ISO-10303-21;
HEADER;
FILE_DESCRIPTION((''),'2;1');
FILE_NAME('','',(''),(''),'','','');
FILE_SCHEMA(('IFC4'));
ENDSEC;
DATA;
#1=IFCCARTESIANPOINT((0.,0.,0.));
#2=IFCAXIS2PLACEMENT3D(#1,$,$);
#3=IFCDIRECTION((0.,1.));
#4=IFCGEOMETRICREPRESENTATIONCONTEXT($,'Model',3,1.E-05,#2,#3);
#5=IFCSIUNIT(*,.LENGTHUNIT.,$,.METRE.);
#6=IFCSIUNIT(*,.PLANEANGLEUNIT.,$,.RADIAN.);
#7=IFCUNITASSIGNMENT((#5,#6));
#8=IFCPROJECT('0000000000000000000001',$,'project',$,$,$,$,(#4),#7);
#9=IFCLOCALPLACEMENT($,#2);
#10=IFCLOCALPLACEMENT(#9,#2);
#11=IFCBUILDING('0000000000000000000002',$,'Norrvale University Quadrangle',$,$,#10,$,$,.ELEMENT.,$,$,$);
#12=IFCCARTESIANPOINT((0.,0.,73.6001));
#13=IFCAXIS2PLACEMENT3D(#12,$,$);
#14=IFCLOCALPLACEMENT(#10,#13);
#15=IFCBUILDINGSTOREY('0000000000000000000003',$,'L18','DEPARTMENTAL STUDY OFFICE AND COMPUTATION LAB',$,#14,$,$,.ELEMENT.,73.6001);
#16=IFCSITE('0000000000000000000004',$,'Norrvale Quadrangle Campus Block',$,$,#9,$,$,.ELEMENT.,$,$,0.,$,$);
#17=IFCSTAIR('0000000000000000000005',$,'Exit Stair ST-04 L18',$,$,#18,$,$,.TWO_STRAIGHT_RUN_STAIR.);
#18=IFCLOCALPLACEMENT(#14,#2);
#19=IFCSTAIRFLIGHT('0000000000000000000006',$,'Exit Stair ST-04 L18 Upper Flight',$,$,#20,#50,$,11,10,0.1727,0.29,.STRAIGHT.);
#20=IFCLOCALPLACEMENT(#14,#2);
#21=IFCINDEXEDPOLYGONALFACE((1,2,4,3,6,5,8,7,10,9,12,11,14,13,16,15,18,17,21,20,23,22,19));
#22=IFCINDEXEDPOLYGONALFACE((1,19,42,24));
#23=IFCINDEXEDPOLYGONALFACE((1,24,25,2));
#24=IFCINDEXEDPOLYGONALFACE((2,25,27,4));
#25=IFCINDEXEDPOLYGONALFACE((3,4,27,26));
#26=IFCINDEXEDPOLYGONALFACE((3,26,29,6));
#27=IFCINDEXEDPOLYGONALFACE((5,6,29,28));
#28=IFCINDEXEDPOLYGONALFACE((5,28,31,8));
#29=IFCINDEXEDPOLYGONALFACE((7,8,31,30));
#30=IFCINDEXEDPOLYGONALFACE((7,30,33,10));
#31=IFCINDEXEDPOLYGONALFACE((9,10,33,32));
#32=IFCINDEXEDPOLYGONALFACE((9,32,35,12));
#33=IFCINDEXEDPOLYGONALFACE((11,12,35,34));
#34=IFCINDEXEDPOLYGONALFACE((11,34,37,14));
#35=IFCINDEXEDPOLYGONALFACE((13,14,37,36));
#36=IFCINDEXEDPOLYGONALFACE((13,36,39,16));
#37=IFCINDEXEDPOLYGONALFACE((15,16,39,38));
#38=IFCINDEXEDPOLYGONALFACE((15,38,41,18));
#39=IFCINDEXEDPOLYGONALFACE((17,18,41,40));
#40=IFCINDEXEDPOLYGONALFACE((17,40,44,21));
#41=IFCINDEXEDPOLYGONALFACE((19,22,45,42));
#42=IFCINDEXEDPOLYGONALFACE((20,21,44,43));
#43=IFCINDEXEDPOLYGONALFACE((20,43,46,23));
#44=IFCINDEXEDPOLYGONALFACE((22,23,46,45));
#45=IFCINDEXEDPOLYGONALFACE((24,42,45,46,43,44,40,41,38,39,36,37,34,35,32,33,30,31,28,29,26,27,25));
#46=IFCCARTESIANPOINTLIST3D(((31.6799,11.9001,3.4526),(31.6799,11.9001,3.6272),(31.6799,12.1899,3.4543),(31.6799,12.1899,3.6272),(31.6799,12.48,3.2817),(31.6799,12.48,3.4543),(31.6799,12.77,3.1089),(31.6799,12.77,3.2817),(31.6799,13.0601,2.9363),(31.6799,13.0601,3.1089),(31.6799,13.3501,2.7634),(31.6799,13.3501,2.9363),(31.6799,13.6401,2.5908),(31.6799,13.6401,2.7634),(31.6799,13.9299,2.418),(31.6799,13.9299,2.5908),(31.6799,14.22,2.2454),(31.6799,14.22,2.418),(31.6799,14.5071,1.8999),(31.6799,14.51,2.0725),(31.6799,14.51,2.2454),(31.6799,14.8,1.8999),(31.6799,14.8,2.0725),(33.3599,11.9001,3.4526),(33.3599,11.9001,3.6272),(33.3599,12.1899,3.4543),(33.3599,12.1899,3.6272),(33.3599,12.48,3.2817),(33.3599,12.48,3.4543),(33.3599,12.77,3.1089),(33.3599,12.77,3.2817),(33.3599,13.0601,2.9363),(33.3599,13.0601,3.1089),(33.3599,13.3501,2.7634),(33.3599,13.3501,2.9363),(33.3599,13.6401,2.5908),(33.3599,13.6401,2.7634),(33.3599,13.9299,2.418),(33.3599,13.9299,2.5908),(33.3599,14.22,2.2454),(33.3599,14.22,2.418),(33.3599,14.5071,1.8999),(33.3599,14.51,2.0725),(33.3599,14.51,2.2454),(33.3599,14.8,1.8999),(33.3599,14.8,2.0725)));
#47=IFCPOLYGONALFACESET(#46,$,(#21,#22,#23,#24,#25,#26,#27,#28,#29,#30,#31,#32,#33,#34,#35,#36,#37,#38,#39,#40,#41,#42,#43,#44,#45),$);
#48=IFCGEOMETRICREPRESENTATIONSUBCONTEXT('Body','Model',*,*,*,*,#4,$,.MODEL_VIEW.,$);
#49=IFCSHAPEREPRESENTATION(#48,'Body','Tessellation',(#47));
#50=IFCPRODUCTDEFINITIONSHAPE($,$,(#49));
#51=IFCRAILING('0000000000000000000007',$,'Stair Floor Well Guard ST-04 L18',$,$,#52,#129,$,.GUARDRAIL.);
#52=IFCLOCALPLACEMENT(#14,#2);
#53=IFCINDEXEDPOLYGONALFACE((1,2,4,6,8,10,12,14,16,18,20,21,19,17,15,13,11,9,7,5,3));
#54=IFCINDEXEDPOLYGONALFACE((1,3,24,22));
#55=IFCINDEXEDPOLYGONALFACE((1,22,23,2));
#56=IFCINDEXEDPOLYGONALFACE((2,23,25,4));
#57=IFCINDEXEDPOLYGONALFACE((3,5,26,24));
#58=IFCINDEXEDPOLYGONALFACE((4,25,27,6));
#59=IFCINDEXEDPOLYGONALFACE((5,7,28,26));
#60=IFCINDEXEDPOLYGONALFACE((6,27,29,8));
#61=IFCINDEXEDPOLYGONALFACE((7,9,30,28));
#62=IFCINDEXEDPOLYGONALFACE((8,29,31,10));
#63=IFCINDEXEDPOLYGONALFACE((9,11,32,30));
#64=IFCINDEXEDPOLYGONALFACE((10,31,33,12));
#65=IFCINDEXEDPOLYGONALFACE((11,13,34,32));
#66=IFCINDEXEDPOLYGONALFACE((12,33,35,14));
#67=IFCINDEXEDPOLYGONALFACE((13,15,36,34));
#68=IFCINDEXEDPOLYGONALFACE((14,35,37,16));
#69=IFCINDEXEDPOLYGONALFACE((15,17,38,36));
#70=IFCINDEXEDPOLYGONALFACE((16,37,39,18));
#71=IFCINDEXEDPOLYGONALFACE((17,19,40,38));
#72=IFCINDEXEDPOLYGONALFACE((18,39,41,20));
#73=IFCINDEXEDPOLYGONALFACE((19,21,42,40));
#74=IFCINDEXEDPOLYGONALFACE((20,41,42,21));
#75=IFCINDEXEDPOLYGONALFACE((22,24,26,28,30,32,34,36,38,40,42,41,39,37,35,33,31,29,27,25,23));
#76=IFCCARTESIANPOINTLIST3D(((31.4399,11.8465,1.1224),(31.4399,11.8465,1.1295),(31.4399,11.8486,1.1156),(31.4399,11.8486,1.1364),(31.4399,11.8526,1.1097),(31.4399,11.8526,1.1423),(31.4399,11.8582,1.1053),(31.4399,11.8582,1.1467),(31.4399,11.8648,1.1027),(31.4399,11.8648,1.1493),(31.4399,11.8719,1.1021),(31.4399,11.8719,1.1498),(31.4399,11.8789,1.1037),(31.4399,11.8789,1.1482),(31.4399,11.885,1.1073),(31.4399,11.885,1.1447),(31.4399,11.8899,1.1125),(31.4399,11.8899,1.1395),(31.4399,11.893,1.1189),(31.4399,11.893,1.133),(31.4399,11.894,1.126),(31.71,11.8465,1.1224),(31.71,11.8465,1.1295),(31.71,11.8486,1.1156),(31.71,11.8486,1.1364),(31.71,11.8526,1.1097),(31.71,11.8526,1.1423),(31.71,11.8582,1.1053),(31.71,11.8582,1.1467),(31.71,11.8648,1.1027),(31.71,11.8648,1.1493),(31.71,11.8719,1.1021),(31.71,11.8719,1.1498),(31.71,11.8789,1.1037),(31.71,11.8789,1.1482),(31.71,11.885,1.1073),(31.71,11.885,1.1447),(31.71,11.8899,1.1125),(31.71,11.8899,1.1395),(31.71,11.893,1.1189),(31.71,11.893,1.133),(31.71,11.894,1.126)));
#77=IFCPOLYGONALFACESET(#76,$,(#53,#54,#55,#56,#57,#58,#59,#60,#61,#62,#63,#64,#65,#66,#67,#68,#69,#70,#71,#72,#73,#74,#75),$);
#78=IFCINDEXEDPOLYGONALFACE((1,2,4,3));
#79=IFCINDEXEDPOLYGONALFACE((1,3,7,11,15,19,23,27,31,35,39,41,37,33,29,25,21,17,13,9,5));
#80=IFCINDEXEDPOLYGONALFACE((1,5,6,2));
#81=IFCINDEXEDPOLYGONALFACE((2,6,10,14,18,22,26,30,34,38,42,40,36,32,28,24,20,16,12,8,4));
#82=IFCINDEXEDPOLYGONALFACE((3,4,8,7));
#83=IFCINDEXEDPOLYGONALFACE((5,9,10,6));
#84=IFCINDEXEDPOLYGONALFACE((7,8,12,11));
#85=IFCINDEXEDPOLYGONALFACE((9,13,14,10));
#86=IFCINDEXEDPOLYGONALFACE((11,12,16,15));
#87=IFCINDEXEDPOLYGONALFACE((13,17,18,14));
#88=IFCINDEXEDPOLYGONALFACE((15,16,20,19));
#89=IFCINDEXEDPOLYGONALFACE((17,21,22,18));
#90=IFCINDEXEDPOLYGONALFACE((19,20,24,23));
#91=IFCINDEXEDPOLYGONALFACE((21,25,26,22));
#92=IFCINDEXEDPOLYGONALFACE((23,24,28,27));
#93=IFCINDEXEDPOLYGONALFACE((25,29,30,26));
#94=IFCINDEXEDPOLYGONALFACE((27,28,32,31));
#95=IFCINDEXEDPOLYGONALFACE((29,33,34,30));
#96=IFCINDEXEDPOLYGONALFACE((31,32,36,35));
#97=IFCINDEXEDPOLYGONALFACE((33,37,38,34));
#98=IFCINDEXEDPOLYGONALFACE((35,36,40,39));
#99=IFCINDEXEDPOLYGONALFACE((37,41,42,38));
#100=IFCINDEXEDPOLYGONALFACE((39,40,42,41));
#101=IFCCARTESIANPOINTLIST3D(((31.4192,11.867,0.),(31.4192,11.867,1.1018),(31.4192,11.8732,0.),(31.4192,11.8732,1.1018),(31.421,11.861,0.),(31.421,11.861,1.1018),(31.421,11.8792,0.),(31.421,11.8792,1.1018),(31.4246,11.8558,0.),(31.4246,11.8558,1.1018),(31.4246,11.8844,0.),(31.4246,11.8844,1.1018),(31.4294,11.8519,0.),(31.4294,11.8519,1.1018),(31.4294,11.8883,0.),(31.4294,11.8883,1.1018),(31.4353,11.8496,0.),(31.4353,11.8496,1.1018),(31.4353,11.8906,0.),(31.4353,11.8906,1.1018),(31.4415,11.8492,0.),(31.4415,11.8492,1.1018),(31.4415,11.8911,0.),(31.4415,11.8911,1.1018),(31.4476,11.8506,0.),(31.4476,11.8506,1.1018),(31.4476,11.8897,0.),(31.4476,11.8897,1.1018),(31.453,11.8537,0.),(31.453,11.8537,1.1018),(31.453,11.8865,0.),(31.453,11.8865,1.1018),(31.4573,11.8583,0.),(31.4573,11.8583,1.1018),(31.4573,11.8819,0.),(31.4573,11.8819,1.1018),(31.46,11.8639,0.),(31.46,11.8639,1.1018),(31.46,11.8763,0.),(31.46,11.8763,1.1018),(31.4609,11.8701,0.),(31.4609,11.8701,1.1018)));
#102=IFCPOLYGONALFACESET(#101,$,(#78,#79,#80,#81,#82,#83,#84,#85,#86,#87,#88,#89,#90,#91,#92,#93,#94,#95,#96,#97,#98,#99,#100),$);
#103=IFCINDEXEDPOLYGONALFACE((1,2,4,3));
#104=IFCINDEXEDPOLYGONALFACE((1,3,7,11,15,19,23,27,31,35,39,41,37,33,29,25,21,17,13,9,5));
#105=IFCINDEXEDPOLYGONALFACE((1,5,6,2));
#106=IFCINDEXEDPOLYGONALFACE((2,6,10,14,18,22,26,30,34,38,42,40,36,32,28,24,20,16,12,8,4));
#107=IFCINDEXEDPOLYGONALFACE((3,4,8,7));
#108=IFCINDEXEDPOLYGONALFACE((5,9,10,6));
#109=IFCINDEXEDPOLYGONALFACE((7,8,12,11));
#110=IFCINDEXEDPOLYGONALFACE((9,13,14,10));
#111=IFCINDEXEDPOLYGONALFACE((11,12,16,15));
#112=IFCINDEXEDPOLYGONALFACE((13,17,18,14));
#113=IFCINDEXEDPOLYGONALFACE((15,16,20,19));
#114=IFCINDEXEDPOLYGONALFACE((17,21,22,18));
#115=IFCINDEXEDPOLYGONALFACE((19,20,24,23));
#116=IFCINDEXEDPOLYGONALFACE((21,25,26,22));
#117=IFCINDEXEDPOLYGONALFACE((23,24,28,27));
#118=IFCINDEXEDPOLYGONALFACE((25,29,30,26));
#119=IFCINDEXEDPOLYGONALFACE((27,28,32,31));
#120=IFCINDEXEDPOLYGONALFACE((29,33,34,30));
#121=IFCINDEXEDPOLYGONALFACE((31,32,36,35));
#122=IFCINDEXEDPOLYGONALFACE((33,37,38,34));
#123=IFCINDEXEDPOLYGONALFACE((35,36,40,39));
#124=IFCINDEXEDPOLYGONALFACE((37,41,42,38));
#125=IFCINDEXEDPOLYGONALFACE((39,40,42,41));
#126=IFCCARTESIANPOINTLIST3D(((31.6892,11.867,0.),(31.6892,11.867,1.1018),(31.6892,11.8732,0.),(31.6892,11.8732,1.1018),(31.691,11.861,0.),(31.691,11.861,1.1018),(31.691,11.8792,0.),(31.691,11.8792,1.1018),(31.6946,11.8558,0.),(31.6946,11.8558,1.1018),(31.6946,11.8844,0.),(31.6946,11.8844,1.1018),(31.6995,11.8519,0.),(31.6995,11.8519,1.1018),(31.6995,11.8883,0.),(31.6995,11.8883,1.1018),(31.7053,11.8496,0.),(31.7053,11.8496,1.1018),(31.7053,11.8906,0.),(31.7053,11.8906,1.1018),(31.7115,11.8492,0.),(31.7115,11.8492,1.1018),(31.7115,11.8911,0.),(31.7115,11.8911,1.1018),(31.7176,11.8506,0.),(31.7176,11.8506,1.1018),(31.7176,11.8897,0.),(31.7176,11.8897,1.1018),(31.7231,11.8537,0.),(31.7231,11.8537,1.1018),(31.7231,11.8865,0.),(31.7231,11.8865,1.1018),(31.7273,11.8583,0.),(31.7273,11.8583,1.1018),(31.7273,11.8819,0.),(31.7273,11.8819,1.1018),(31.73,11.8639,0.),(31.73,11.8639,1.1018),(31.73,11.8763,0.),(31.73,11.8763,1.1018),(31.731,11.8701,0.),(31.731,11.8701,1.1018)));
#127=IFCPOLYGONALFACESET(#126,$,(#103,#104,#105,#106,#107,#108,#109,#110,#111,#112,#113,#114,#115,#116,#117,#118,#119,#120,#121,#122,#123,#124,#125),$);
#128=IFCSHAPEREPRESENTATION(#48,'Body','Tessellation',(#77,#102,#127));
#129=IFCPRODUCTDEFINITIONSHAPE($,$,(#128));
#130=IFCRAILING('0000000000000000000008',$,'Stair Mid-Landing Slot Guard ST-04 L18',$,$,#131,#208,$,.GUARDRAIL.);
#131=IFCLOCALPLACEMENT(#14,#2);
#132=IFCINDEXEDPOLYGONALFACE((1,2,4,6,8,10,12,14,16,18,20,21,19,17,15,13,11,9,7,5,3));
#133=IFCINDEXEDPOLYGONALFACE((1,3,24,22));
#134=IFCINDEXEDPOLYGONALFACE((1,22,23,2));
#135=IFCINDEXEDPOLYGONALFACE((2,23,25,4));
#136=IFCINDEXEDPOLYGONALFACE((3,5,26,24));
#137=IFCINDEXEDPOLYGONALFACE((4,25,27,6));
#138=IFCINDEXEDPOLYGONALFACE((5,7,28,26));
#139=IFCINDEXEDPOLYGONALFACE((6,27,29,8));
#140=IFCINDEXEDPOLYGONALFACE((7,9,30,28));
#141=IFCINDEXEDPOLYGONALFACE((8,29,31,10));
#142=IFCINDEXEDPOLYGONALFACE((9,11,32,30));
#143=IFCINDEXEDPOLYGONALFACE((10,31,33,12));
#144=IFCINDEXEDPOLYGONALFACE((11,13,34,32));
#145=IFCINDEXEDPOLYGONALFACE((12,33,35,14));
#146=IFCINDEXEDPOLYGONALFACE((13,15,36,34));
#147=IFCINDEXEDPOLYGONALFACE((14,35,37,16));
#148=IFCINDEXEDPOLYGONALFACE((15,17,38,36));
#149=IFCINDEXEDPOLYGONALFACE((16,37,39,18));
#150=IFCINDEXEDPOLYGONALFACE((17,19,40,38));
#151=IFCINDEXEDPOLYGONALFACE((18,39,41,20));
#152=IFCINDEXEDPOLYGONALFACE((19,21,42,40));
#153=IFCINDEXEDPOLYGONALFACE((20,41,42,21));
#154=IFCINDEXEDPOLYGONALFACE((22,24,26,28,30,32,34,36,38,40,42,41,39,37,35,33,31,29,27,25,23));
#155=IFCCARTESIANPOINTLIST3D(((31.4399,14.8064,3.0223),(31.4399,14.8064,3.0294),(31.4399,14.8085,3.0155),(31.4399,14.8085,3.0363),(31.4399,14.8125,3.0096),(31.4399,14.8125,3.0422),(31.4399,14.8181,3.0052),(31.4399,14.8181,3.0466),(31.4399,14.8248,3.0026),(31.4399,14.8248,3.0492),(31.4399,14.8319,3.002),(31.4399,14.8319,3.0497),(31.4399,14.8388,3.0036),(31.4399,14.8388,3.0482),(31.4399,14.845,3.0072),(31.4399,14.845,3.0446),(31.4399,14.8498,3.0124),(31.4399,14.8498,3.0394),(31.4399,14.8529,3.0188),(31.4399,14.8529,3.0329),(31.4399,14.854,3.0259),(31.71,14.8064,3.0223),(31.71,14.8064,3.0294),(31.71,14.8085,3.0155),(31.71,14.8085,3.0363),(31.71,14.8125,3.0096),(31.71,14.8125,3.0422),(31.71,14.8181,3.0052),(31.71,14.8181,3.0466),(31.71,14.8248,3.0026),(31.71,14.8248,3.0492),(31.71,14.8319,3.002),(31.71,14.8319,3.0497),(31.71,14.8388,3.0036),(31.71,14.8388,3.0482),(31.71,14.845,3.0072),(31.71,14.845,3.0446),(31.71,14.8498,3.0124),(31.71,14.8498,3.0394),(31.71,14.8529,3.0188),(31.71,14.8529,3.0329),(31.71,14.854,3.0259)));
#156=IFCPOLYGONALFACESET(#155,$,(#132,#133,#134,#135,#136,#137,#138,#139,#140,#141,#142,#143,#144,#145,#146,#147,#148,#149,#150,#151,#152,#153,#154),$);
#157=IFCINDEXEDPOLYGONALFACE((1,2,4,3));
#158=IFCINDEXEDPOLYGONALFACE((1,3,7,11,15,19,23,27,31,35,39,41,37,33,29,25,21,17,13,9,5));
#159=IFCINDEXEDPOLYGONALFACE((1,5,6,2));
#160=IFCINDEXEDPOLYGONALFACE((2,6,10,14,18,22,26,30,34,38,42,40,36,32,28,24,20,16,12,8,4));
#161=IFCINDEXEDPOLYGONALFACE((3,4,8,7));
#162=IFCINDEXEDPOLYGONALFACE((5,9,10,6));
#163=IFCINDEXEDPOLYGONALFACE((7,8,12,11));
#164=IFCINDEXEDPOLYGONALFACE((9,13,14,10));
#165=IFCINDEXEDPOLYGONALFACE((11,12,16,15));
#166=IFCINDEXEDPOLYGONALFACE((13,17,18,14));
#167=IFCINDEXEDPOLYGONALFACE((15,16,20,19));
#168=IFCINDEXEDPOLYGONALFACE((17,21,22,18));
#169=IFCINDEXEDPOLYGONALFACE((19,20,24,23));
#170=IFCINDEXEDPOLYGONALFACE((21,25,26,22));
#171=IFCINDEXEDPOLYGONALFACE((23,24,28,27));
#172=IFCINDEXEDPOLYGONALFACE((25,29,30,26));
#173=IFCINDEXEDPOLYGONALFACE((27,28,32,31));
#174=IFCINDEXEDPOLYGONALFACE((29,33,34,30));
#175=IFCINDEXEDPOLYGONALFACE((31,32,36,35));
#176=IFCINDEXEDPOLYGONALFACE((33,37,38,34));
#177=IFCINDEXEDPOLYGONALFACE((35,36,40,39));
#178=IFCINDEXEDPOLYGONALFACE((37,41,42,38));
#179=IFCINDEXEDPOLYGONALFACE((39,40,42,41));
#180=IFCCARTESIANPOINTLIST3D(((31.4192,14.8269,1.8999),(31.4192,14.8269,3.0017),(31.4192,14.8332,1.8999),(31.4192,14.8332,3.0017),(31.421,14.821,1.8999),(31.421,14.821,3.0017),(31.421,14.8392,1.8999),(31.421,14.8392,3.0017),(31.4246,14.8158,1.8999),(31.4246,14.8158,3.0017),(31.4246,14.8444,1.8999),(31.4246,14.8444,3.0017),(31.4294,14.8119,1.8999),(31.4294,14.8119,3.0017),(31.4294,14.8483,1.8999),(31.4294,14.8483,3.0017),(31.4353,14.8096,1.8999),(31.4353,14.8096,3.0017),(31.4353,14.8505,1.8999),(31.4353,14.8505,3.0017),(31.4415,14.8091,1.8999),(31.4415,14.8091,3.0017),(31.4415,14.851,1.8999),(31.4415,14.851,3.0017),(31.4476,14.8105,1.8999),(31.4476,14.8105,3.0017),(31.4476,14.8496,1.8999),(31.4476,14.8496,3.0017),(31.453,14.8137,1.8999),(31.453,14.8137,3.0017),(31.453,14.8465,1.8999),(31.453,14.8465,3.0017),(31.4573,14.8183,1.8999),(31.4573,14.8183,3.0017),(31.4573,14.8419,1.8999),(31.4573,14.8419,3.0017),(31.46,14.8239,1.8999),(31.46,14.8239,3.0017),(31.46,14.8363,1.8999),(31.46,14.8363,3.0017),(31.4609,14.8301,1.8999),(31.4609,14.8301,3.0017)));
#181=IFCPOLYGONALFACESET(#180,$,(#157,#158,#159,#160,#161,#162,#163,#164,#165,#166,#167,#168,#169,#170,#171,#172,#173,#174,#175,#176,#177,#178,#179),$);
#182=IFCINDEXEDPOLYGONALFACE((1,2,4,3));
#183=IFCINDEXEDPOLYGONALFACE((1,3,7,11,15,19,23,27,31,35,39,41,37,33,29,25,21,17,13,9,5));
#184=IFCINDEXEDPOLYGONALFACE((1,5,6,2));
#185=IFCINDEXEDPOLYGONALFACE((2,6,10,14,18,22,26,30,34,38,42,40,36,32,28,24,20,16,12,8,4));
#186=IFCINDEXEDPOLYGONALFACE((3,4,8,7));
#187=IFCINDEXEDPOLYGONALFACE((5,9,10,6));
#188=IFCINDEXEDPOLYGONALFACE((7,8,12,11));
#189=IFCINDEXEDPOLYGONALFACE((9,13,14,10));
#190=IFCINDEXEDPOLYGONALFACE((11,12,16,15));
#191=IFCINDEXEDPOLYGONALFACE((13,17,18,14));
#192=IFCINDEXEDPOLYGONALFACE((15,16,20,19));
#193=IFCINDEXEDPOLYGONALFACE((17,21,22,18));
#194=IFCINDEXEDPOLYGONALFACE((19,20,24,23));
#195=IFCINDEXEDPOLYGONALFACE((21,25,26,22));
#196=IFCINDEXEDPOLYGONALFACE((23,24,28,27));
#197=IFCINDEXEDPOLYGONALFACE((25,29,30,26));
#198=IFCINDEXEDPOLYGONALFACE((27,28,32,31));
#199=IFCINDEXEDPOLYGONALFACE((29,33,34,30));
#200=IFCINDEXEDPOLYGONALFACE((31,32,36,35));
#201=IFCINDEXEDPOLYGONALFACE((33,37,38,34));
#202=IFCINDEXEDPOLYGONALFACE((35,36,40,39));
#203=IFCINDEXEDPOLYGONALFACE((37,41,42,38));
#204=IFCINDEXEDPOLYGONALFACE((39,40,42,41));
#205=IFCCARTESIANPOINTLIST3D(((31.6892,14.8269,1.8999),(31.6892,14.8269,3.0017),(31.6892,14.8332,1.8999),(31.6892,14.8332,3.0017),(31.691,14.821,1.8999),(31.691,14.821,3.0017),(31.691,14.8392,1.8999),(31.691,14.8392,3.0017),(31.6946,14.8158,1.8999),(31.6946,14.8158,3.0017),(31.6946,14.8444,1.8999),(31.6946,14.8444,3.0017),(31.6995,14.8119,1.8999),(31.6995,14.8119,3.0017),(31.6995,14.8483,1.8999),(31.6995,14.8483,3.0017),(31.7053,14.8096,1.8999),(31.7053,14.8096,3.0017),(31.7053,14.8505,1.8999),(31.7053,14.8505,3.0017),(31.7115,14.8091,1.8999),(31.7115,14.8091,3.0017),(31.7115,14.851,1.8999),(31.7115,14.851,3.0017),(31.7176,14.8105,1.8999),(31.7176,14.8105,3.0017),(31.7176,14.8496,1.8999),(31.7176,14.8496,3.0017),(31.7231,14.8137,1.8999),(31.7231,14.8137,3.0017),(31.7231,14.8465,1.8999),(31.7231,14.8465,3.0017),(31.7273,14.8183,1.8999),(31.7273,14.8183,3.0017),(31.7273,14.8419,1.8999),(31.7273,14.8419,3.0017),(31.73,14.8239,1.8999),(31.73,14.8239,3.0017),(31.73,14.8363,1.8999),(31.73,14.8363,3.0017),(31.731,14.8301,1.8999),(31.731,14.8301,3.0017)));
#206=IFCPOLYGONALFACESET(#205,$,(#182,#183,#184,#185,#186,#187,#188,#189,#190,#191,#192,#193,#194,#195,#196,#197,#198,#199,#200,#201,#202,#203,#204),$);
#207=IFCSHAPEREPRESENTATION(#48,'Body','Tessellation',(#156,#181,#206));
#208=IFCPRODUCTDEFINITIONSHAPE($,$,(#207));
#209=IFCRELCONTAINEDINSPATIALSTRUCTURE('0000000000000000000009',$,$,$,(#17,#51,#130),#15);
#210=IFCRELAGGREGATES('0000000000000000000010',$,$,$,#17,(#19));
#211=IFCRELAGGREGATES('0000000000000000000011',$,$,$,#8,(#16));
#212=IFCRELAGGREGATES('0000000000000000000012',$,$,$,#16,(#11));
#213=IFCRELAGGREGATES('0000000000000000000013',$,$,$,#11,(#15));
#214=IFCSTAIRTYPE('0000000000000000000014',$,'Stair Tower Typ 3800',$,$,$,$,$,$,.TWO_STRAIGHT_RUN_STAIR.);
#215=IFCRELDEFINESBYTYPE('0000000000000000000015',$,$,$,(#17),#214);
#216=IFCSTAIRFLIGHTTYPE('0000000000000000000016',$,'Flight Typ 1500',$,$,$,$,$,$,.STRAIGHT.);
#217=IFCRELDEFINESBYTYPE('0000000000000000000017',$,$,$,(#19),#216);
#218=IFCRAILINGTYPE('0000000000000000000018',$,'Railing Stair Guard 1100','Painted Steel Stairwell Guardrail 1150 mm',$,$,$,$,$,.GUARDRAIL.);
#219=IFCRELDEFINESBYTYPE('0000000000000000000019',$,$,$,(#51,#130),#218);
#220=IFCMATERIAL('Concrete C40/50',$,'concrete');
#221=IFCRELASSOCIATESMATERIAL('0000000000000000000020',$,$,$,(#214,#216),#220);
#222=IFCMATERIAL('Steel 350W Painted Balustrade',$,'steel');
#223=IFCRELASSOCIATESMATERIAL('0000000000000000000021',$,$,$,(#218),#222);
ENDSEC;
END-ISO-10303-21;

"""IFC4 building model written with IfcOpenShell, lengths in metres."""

from ifc_helpers import new_model, si_unit, direction, frame, origin, origin_2d, place, context, subcontext, project, spatial, polyline, circle, outline, extrude, material, type_object, element, aggregate, save


model = new_model("IFC4")

# Units and contexts
model_context = context("Model", 3, precision=1e-05, world=origin(), true_north=direction((0.0, 1.0)))
body_context = subcontext(model_context, "Body", "Model", "MODEL_VIEW")
ifc_project = project(units=[si_unit("LENGTHUNIT", "METRE"), si_unit("PLANEANGLEUNIT", "RADIAN")], contexts=[model_context])

# Site, building, storey
site_placement = place(None, origin())
site = spatial("IfcSite", under=ifc_project, at=site_placement, Name="Norrvale Quadrangle Campus Block", CompositionType="ELEMENT", RefElevation=0.0)
building_placement = place(site_placement, origin())
building = spatial("IfcBuilding", under=site, at=building_placement, Name="Norrvale University Quadrangle", CompositionType="ELEMENT")
storey_placement = place(building_placement, frame((0.0, 0.0, 73.6001)))
storey = spatial("IfcBuildingStorey", under=building, at=storey_placement, Name="L18", Description="DEPARTMENTAL STUDY OFFICE AND COMPUTATION LAB", CompositionType="ELEMENT", Elevation=73.6001)

# Stair, stair flight
ifc_material_1 = material(Name="Concrete C40/50", Category="concrete")
stair_type = type_object("IfcStairType", Name="Stair Tower Typ 3800", PredefinedType="TWO_STRAIGHT_RUN_STAIR", material=ifc_material_1)
stair_placement = place(storey_placement, origin())
stair = element("IfcStair", 1, at=stair_placement, inside=storey, type_object=stair_type, Name="Exit Stair ST-04 L18", PredefinedType="TWO_STRAIGHT_RUN_STAIR")
stair_flight_type = type_object("IfcStairFlightType", Name="Flight Typ 1500", PredefinedType="STRAIGHT", material=ifc_material_1)
stair_flight_1_placement = place(storey_placement, frame((32.52, 14.8, 1.8999), z_axis=(0.0, 0.0, 1.0), x_axis=(0.0, -1.0, 0.0)))
stair_flight_1 = element("IfcStairFlight", 2, at=stair_flight_1_placement, type_object=stair_flight_type, Name="Exit Stair ST-04 L18 Upper Flight", NumberOfRisers=11, NumberOfTreads=10, PredefinedType="STRAIGHT", RiserHeight=0.1727, TreadLength=0.29, context=body_context, shape_type="SweptSolid", body=[
    extrude(outline(polyline([(0.0, 0.0), (0.0, 0.1726), (0.29, 0.1726), (0.29, 0.3455), (0.5801, 0.3455), (0.5801, 0.5181), (0.8701, 0.5181), (0.8701, 0.6909), (1.1599, 0.6909), (1.1599, 0.8635), (1.45, 0.8635), (1.45, 1.0364), (1.74, 1.0364), (1.74, 1.209), (2.03, 1.209), (2.03, 1.3818), (2.3201, 1.3818), (2.3201, 1.5544), (2.6101, 1.5544), (2.6101, 1.7273), (2.8999, 1.7273), (2.8999, 1.8999), (2.8999, 1.5527), (0.293, 0.0), (0.0, 0.0)])), frame((0.0, 0.8398, 0.0), z_axis=(0.0, -1.0, 0.0), x_axis=(1.0, 0.0, 0.0)), (0.0, 0.0, 1.0), 1.6799),
])
aggregate(stair, [stair_flight_1])

# Railings
ifc_material_2 = material(Name="Steel 350W Painted Balustrade", Category="steel")
railing_type_1 = type_object("IfcRailingType", Name="Railing Stair Guard 1100", Description="Painted Steel Stairwell Guardrail 1150 mm", PredefinedType="GUARDRAIL", material=ifc_material_2)
for number, where, name in (
    (3, (31.4399, 11.8701, 0.0), "Stair Floor Well Guard ST-04 L18"),
    (4, (31.4399, 14.8301, 1.8999), "Stair Mid-Landing Slot Guard ST-04 L18"),
):
    element("IfcRailing", number, at=place(storey_placement, frame(where)), inside=storey, type_object=railing_type_1, Name=name, PredefinedType="GUARDRAIL", context=body_context, shape_type="SweptSolid", body=[
        extrude(circle(Radius=0.0239, at=origin_2d()), frame((0.0, 0.0, 1.126), z_axis=(1.0, 0.0, 0.0), x_axis=(0.0, 1.0, 0.0)), (0.0, 0.0, 1.0), 0.27),
        extrude(circle(Radius=0.021, at=origin_2d()), origin(), (0.0, 0.0, 1.0), 1.1018),
        extrude(circle(Radius=0.021, at=origin_2d()), frame((0.27, 0.0, 0.0)), (0.0, 0.0, 1.0), 1.1018),
    ])

save(model, "model.ifc")
